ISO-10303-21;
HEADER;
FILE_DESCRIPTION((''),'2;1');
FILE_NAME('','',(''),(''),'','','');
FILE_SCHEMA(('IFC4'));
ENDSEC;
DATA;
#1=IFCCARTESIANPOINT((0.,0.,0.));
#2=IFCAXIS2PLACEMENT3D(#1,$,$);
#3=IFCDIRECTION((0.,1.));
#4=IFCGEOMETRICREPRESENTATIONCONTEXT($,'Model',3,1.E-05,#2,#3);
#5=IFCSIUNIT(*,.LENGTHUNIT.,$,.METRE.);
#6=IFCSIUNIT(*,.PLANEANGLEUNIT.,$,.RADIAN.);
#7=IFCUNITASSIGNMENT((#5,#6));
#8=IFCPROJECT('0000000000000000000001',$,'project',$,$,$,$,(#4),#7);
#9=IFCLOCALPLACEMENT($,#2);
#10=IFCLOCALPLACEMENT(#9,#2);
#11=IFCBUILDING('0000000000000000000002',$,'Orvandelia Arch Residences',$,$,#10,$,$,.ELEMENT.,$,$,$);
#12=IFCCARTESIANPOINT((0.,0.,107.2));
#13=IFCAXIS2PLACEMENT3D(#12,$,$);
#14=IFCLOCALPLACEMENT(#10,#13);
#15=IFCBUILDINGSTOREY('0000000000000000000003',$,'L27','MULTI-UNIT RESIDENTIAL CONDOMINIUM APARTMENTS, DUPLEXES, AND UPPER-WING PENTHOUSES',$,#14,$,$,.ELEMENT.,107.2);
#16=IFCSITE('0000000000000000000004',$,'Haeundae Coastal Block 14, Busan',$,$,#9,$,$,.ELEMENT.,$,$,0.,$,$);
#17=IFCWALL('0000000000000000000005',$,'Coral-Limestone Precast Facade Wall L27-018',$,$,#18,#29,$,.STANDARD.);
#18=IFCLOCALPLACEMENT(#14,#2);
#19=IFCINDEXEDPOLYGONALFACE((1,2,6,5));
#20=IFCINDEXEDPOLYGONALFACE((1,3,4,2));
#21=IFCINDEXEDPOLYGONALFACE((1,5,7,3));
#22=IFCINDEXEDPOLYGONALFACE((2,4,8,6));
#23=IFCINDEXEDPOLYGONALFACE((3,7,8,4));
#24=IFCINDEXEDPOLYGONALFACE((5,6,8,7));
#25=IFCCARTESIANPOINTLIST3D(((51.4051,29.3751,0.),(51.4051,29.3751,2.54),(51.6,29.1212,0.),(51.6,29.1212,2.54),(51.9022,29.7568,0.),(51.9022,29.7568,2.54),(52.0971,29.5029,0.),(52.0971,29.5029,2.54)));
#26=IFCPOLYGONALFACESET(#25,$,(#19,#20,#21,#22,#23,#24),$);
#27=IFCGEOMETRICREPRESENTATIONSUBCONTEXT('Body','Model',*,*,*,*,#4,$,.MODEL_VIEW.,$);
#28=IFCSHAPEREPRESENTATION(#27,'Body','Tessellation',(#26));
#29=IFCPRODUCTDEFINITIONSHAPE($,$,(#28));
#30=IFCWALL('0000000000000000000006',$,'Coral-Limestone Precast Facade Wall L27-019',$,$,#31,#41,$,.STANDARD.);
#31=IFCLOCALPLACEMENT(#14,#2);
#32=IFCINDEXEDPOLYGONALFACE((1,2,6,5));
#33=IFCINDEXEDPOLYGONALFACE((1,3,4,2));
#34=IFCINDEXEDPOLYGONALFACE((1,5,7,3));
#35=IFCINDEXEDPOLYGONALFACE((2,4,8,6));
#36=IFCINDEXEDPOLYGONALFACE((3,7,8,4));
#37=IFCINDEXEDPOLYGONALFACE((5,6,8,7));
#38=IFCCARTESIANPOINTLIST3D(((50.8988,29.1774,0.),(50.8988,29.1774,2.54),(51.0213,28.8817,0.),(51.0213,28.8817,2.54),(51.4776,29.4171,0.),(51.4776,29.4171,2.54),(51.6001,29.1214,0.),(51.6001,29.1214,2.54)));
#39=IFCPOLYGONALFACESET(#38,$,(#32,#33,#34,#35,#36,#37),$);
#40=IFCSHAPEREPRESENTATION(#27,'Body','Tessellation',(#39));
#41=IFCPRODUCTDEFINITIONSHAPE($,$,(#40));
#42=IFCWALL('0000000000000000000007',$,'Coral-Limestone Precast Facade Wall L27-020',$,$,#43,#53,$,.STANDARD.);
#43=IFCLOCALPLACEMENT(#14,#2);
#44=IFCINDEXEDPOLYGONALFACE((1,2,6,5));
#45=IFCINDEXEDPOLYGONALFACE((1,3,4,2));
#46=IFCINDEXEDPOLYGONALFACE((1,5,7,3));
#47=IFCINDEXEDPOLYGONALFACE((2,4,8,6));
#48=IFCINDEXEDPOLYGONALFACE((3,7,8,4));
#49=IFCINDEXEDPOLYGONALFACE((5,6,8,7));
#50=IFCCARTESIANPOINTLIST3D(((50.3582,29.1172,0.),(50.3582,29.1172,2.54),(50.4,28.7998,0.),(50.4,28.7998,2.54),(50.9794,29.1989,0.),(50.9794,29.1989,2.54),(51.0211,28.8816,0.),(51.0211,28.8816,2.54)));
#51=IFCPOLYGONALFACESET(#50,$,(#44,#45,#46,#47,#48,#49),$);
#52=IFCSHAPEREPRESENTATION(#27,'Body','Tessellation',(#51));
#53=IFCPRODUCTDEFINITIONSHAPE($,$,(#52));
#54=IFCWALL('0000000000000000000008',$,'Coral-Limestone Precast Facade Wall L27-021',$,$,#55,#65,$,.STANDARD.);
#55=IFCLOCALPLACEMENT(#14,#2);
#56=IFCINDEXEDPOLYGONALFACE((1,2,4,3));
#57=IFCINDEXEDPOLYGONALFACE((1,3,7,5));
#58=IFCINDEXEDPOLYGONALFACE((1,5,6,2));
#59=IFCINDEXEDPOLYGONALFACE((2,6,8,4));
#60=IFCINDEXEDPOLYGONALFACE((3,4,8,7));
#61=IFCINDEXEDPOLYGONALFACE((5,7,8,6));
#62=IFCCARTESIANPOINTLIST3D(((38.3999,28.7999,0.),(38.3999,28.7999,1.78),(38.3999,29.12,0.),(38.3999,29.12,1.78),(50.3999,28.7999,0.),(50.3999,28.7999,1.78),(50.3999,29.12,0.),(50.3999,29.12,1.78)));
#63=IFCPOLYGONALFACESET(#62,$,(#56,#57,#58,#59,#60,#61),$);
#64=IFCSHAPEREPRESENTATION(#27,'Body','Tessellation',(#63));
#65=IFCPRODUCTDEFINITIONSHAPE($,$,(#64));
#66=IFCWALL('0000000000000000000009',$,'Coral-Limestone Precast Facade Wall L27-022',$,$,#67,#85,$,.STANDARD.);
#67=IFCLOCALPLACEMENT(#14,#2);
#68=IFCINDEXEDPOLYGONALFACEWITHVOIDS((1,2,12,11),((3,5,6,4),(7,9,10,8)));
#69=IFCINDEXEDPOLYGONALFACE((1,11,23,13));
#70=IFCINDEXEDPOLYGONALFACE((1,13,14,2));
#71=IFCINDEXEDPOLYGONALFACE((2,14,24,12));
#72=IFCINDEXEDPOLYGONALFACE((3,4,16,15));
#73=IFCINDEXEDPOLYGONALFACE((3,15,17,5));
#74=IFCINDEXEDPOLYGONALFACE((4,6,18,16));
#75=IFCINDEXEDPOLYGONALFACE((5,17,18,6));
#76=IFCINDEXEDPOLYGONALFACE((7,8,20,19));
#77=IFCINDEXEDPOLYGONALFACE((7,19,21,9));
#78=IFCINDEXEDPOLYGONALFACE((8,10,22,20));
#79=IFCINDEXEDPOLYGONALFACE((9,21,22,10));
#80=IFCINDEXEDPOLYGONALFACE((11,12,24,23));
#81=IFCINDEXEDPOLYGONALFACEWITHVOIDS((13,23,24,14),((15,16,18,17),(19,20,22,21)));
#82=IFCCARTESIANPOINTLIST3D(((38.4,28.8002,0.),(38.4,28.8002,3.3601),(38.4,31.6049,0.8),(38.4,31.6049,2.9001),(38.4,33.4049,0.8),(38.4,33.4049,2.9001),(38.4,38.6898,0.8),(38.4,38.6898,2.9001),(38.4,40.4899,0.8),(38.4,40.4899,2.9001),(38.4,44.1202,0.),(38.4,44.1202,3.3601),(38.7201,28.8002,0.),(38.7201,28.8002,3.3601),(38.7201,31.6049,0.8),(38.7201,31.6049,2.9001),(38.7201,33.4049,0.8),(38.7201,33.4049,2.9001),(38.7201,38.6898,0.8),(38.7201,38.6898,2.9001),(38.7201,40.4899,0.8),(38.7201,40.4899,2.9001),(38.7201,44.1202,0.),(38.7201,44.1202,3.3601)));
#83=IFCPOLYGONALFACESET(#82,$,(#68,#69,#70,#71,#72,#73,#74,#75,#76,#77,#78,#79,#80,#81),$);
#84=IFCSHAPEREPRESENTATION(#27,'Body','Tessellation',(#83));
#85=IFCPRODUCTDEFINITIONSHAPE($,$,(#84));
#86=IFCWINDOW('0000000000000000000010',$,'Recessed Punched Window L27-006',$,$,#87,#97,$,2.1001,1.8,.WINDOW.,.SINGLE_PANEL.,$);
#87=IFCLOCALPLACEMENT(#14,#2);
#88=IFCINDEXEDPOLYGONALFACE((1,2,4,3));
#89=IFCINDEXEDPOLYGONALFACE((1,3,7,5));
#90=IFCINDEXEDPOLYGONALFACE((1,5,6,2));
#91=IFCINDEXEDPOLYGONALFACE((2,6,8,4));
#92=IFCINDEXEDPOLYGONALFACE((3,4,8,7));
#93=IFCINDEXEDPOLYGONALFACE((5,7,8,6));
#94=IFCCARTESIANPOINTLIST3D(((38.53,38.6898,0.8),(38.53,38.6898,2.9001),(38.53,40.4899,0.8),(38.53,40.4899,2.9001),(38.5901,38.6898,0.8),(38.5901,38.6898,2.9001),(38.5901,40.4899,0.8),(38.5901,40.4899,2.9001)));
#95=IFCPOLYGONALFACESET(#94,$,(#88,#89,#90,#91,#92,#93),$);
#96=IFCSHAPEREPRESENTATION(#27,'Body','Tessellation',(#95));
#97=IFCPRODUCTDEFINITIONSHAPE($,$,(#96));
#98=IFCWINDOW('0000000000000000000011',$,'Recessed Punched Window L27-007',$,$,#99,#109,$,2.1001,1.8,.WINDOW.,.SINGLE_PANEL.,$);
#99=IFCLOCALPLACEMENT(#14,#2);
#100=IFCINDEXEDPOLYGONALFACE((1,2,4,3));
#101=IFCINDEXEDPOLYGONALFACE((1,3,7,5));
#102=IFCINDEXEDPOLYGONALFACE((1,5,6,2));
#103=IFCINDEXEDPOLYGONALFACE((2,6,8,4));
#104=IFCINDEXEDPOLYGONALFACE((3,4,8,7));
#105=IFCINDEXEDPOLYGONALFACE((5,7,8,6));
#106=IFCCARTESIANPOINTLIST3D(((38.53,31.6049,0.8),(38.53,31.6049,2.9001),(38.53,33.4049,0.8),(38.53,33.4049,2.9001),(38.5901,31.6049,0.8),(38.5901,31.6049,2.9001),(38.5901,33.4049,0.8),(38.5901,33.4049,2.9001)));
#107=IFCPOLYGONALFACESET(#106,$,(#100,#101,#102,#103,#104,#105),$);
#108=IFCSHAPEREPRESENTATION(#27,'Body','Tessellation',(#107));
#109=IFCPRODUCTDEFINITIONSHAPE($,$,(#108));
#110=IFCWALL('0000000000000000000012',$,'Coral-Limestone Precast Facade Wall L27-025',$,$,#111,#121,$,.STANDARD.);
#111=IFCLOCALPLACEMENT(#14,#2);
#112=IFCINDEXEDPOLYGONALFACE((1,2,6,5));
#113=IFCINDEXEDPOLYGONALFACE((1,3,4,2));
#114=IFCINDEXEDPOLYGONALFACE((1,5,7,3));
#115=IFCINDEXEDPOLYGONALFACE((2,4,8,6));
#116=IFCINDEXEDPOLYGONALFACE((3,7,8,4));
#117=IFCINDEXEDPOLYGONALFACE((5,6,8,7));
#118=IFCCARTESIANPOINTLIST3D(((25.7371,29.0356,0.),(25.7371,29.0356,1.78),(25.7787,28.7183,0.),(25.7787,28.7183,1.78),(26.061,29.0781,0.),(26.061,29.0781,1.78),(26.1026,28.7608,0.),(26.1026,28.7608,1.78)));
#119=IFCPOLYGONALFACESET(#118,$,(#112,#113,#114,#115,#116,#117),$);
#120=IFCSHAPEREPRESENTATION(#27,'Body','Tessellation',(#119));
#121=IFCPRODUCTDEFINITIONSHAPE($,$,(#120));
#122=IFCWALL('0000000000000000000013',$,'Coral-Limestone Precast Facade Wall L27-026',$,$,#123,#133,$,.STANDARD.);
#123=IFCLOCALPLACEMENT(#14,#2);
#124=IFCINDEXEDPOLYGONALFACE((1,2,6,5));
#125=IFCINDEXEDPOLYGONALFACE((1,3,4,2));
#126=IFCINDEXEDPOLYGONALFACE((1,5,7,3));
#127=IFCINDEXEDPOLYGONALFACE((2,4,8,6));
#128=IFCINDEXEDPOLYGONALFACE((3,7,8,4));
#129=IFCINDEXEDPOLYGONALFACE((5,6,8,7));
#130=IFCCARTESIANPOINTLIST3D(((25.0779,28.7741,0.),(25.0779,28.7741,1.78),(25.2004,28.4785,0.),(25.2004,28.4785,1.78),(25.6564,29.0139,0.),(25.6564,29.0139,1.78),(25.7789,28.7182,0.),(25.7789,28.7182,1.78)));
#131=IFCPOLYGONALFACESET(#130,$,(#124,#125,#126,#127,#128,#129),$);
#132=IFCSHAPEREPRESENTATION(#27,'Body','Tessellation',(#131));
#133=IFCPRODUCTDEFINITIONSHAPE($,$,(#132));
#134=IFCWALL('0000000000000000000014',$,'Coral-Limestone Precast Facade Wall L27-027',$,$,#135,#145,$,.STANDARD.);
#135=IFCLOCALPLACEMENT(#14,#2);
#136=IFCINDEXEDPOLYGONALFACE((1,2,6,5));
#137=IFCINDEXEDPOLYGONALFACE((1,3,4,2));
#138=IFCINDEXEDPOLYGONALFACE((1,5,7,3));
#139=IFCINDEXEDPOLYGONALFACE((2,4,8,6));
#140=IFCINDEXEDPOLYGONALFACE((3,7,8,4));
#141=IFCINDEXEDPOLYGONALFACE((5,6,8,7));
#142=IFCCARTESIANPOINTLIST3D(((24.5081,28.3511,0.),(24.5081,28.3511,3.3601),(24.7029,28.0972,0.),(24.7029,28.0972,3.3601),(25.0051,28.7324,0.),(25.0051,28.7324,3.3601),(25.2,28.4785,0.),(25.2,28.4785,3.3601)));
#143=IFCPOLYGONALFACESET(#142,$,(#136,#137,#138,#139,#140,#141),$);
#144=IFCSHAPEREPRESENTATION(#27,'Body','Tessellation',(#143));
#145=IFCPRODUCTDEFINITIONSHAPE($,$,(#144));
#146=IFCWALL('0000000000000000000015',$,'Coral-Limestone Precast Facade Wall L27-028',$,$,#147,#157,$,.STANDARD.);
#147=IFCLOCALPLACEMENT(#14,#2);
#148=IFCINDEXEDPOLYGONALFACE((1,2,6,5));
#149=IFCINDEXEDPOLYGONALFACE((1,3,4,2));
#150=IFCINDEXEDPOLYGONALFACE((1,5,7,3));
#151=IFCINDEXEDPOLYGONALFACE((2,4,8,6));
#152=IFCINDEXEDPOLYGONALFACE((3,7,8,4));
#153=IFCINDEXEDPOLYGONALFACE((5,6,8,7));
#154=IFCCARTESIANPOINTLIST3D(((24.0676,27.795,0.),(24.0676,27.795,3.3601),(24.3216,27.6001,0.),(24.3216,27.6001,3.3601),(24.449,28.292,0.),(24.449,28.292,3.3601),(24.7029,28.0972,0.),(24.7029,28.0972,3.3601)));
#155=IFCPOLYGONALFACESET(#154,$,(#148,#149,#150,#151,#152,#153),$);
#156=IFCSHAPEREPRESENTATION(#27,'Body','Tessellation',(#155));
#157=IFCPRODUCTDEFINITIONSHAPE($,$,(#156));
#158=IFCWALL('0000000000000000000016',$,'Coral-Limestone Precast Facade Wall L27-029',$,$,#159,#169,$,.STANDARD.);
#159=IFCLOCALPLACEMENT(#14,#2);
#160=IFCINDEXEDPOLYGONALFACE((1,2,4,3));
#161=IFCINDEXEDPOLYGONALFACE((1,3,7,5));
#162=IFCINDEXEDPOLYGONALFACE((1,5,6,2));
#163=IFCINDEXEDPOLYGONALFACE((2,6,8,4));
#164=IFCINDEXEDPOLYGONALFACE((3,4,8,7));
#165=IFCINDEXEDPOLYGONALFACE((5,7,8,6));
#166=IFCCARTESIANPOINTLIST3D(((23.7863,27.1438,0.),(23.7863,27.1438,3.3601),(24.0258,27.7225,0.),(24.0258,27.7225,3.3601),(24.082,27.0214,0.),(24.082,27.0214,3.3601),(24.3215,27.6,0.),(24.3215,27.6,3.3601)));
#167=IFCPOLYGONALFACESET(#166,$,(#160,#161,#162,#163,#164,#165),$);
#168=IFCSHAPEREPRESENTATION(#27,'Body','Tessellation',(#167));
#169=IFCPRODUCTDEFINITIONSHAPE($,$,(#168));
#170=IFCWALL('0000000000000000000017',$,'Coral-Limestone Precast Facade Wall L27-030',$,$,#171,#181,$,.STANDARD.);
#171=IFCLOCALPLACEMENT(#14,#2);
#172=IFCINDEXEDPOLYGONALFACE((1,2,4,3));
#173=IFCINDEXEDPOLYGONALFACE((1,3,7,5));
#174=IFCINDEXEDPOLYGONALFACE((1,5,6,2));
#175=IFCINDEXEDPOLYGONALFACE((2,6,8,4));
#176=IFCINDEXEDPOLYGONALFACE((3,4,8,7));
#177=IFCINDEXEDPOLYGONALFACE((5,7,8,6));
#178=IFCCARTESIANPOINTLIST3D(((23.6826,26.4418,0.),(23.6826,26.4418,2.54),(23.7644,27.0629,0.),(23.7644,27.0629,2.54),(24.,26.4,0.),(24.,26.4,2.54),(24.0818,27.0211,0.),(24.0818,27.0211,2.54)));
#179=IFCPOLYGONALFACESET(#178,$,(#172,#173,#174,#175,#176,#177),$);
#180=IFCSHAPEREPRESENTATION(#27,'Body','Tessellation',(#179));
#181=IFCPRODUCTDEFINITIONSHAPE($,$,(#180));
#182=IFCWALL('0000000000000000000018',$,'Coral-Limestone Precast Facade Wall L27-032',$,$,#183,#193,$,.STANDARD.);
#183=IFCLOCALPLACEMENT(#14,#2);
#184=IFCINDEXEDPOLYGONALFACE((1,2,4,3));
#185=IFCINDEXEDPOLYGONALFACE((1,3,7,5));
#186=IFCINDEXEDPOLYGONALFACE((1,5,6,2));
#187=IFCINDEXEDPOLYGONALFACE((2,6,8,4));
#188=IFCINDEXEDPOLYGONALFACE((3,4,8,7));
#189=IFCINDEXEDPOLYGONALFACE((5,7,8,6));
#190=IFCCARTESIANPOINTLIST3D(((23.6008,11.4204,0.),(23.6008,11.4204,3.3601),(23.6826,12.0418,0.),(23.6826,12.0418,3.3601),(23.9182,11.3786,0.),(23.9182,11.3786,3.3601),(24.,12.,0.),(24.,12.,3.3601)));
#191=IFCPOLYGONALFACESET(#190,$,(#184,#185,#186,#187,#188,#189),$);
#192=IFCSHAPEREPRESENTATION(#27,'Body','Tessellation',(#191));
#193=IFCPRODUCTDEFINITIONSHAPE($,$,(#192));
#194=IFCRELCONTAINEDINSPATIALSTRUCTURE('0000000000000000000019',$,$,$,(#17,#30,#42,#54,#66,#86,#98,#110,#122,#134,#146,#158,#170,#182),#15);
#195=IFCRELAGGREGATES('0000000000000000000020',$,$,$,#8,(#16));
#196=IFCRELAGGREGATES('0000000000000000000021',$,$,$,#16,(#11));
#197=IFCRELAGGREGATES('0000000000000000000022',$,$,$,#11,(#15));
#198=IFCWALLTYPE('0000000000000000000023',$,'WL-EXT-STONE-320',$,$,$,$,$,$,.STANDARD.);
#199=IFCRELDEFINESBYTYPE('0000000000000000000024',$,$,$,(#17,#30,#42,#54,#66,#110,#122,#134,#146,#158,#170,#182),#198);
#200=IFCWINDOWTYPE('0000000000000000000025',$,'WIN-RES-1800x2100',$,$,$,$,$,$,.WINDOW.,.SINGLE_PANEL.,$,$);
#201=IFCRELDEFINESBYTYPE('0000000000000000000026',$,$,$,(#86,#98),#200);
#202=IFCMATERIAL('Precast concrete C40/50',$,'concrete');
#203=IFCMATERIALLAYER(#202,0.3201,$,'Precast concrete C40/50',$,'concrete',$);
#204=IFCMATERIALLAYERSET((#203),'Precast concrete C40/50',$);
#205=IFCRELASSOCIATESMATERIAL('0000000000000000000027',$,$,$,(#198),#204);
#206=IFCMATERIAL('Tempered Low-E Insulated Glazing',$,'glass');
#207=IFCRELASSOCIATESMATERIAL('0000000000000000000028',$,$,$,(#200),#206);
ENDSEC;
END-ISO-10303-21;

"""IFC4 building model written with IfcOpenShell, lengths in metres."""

from ifc_helpers import new_model, si_unit, direction, frame, frame_2d, origin, place, context, subcontext, project, spatial, rectangle, extrude, material, layer, layer_set, type_object, element, fill, save


model = new_model("IFC4")

# Units and contexts
model_context = context("Model", 3, precision=1e-05, world=origin(), true_north=direction((0.0, 1.0)))
body_context = subcontext(model_context, "Body", "Model", "MODEL_VIEW")
ifc_project = project(units=[si_unit("LENGTHUNIT", "METRE"), si_unit("PLANEANGLEUNIT", "RADIAN")], contexts=[model_context])

# Site, building, storey
site_placement = place(None, origin())
site = spatial("IfcSite", under=ifc_project, at=site_placement, Name="Haeundae Coastal Block 14, Busan", CompositionType="ELEMENT", RefElevation=0.0)
building_placement = place(site_placement, origin())
building = spatial("IfcBuilding", under=site, at=building_placement, Name="Orvandelia Arch Residences", CompositionType="ELEMENT")
storey_placement = place(building_placement, frame((0.0, 0.0, 107.2)))
storey = spatial("IfcBuildingStorey", under=building, at=storey_placement, Name="L27", Description="MULTI-UNIT RESIDENTIAL CONDOMINIUM APARTMENTS, DUPLEXES, AND UPPER-WING PENTHOUSES", CompositionType="ELEMENT", Elevation=107.2)

# Walls
ifc_material_1 = material(Name="Precast concrete C40/50", Category="concrete")
ifc_layer_1 = layer(ifc_material_1, 0.3201, Name="Precast concrete C40/50", Category="concrete")
ifc_layer_set_1 = layer_set([ifc_layer_1], Name="Precast concrete C40/50")
wall_type_1 = type_object("IfcWallType", Name="WL-EXT-STONE-320", PredefinedType="STANDARD", material=ifc_layer_set_1)
wall_1_placement = place(storey_placement, frame((51.9998, 29.6299, 0.0), z_axis=(0.0, 0.0, 1.0), x_axis=(-0.793217, -0.608939, 0.0)))
element("IfcWall", 1, at=wall_1_placement, inside=storey, type_object=wall_type_1, Name="Coral-Limestone Precast Facade Wall L27-018", PredefinedType="STANDARD", context=body_context, shape_type="SweptSolid", body=[
    extrude(rectangle(XDim=0.6267, YDim=0.3201, at=frame_2d((0.3135, 0.0))), origin(), (0.0, 0.0, 1.0), 2.54),
])
for number, where, z_axis, x_axis, name in (
    (2, (51.5388, 29.2693, 0.0), (0.0, 0.0, 1.0), (-0.923893, -0.38265, 0.0), "Coral-Limestone Precast Facade Wall L27-019"),
    (3, (51.0002, 29.0403, 0.0), (0.0, 0.0, 1.0), (-0.991441, -0.130555, 0.0), "Coral-Limestone Precast Facade Wall L27-020"),
):
    element("IfcWall", number, at=place(storey_placement, frame(where, z_axis=z_axis, x_axis=x_axis)), inside=storey, type_object=wall_type_1, Name=name, PredefinedType="STANDARD", context=body_context, shape_type="SweptSolid", body=[
        extrude(rectangle(XDim=0.6265, YDim=0.3201, at=frame_2d((0.3132, 0.0))), origin(), (0.0, 0.0, 1.0), 2.54),
    ])
wall_2_placement = place(storey_placement, frame((50.3999, 28.96, 0.0), z_axis=(0.0, 0.0, 1.0), x_axis=(-1.0, 0.0, 0.0)))
element("IfcWall", 4, at=wall_2_placement, inside=storey, type_object=wall_type_1, Name="Coral-Limestone Precast Facade Wall L27-021", PredefinedType="STANDARD", context=body_context, shape_type="SweptSolid", body=[
    extrude(rectangle(XDim=12.0, YDim=0.3201, at=frame_2d((6.0, 0.0))), origin(), (0.0, 0.0, 1.0), 1.78),
])

# Wall, openings, windows
wall_3_placement = place(storey_placement, frame((38.5601, 28.8, 0.0), z_axis=(0.0, 0.0, 1.0), x_axis=(0.0, 1.0, 0.0)))
wall_3 = element("IfcWall", 5, at=wall_3_placement, inside=storey, type_object=wall_type_1, Name="Coral-Limestone Precast Facade Wall L27-022", PredefinedType="STANDARD", context=body_context, shape_type="SweptSolid", body=[
    extrude(rectangle(XDim=15.3201, YDim=0.3201, at=frame_2d((7.6602, 0.0))), origin(), (0.0, 0.0, 1.0), 3.3601),
])
opening_1_placement = place(wall_3_placement, frame((9.8899, 0.0, 0.8)))
opening_1 = element("IfcOpeningElement", 6, at=opening_1_placement, cuts=wall_3, PredefinedType="OPENING", context=body_context, shape_type="SweptSolid", body=[
    extrude(rectangle(XDim=1.8, YDim=2.1001, at=frame_2d((0.8999, 1.05))), frame((0.0, 0.1699, 0.0), z_axis=(0.0, -1.0, 0.0), x_axis=(1.0, 0.0, 0.0)), (0.0, 0.0, 1.0), 0.3401),
])
opening_2_placement = place(wall_3_placement, frame((2.8049, 0.0, 0.8)))
opening_2 = element("IfcOpeningElement", 7, at=opening_2_placement, cuts=wall_3, PredefinedType="OPENING", context=body_context, shape_type="SweptSolid", body=[
    extrude(rectangle(XDim=1.8, YDim=2.1001, at=frame_2d((0.8999, 1.05))), frame((0.0, 0.1699, 0.0), z_axis=(0.0, -1.0, 0.0), x_axis=(1.0, 0.0, 0.0)), (0.0, 0.0, 1.0), 0.3401),
])
ifc_material_2 = material(Name="Tempered Low-E Insulated Glazing", Category="glass")
window_type = type_object("IfcWindowType", Name="WIN-RES-1800x2100", PartitioningType="SINGLE_PANEL", PredefinedType="WINDOW", material=ifc_material_2)
window_1_placement = place(opening_1_placement, origin())
window_1 = element("IfcWindow", 8, at=window_1_placement, inside=storey, type_object=window_type, Name="Recessed Punched Window L27-006", OverallHeight=2.1001, OverallWidth=1.8, PartitioningType="SINGLE_PANEL", PredefinedType="WINDOW", context=body_context, shape_type="SweptSolid", body=[
    extrude(rectangle(XDim=1.8, YDim=2.1001, at=frame_2d((0.8999, 1.05))), frame((0.0, 0.03, 0.0), z_axis=(0.0, -1.0, 0.0), x_axis=(1.0, 0.0, 0.0)), (0.0, 0.0, 1.0), 0.0601),
])
fill(opening_1, window_1)
window_2_placement = place(opening_2_placement, origin())
window_2 = element("IfcWindow", 9, at=window_2_placement, inside=storey, type_object=window_type, Name="Recessed Punched Window L27-007", OverallHeight=2.1001, OverallWidth=1.8, PartitioningType="SINGLE_PANEL", PredefinedType="WINDOW", context=body_context, shape_type="SweptSolid", body=[
    extrude(rectangle(XDim=1.8, YDim=2.1001, at=frame_2d((0.8999, 1.05))), frame((0.0, 0.03, 0.0), z_axis=(0.0, -1.0, 0.0), x_axis=(1.0, 0.0, 0.0)), (0.0, 0.0, 1.0), 0.0601),
])
fill(opening_2, window_2)

# Walls
wall_4_placement = place(storey_placement, frame((26.0818, 28.9194, 0.0), z_axis=(0.0, 0.0, 1.0), x_axis=(-0.991513, -0.13001, 0.0)))
element("IfcWall", 10, at=wall_4_placement, inside=storey, type_object=wall_type_1, Name="Coral-Limestone Precast Facade Wall L27-025", PredefinedType="STANDARD", context=body_context, shape_type="SweptSolid", body=[
    extrude(rectangle(XDim=0.3267, YDim=0.3201, at=frame_2d((0.1633, 0.0))), origin(), (0.0, 0.0, 1.0), 1.78),
])
wall_5_placement = place(storey_placement, frame((25.7175, 28.866, 0.0), z_axis=(0.0, 0.0, 1.0), x_axis=(-0.923836, -0.382788, 0.0)))
element("IfcWall", 11, at=wall_5_placement, inside=storey, type_object=wall_type_1, Name="Coral-Limestone Precast Facade Wall L27-026", PredefinedType="STANDARD", context=body_context, shape_type="SweptSolid", body=[
    extrude(rectangle(XDim=0.6262, YDim=0.3201, at=frame_2d((0.313, 0.0))), origin(), (0.0, 0.0, 1.0), 1.78),
])
for number, where, z_axis, x_axis, name in (
    (12, (25.1025, 28.6055, 0.0), (0.0, 0.0, 1.0), (-0.793406, -0.608693, 0.0), "Coral-Limestone Precast Facade Wall L27-027"),
    (13, (24.5759, 28.1946, 0.0), (0.0, 0.0, 1.0), (-0.608693, -0.793406, 0.0), "Coral-Limestone Precast Facade Wall L27-028"),
):
    element("IfcWall", number, at=place(storey_placement, frame(where, z_axis=z_axis, x_axis=x_axis)), inside=storey, type_object=wall_type_1, Name=name, PredefinedType="STANDARD", context=body_context, shape_type="SweptSolid", body=[
        extrude(rectangle(XDim=0.6265, YDim=0.3201, at=frame_2d((0.3132, 0.0))), origin(), (0.0, 0.0, 1.0), 3.3601),
    ])
wall_6_placement = place(storey_placement, frame((24.1736, 27.6611, 0.0), z_axis=(0.0, 0.0, 1.0), x_axis=(-0.382455, -0.923974, 0.0)))
element("IfcWall", 14, at=wall_6_placement, inside=storey, type_object=wall_type_1, Name="Coral-Limestone Precast Facade Wall L27-029", PredefinedType="STANDARD", context=body_context, shape_type="SweptSolid", body=[
    extrude(rectangle(XDim=0.6262, YDim=0.3201, at=frame_2d((0.313, 0.0))), origin(), (0.0, 0.0, 1.0), 3.3601),
])
wall_7_placement = place(storey_placement, frame((23.9231, 27.042, 0.0), z_axis=(0.0, 0.0, 1.0), x_axis=(-0.130555, -0.991441, 0.0)))
element("IfcWall", 15, at=wall_7_placement, inside=storey, type_object=wall_type_1, Name="Coral-Limestone Precast Facade Wall L27-030", PredefinedType="STANDARD", context=body_context, shape_type="SweptSolid", body=[
    extrude(rectangle(XDim=0.6265, YDim=0.3201, at=frame_2d((0.3132, 0.0))), origin(), (0.0, 0.0, 1.0), 2.54),
])
wall_8_placement = place(storey_placement, frame((23.8413, 12.021, 0.0), z_axis=(0.0, 0.0, 1.0), x_axis=(-0.130505, -0.991448, 0.0)))
element("IfcWall", 16, at=wall_8_placement, inside=storey, type_object=wall_type_1, Name="Coral-Limestone Precast Facade Wall L27-032", PredefinedType="STANDARD", context=body_context, shape_type="SweptSolid", body=[
    extrude(rectangle(XDim=0.6267, YDim=0.3201, at=frame_2d((0.3135, 0.0))), origin(), (0.0, 0.0, 1.0), 3.3601),
])

save(model, "model.ifc")
